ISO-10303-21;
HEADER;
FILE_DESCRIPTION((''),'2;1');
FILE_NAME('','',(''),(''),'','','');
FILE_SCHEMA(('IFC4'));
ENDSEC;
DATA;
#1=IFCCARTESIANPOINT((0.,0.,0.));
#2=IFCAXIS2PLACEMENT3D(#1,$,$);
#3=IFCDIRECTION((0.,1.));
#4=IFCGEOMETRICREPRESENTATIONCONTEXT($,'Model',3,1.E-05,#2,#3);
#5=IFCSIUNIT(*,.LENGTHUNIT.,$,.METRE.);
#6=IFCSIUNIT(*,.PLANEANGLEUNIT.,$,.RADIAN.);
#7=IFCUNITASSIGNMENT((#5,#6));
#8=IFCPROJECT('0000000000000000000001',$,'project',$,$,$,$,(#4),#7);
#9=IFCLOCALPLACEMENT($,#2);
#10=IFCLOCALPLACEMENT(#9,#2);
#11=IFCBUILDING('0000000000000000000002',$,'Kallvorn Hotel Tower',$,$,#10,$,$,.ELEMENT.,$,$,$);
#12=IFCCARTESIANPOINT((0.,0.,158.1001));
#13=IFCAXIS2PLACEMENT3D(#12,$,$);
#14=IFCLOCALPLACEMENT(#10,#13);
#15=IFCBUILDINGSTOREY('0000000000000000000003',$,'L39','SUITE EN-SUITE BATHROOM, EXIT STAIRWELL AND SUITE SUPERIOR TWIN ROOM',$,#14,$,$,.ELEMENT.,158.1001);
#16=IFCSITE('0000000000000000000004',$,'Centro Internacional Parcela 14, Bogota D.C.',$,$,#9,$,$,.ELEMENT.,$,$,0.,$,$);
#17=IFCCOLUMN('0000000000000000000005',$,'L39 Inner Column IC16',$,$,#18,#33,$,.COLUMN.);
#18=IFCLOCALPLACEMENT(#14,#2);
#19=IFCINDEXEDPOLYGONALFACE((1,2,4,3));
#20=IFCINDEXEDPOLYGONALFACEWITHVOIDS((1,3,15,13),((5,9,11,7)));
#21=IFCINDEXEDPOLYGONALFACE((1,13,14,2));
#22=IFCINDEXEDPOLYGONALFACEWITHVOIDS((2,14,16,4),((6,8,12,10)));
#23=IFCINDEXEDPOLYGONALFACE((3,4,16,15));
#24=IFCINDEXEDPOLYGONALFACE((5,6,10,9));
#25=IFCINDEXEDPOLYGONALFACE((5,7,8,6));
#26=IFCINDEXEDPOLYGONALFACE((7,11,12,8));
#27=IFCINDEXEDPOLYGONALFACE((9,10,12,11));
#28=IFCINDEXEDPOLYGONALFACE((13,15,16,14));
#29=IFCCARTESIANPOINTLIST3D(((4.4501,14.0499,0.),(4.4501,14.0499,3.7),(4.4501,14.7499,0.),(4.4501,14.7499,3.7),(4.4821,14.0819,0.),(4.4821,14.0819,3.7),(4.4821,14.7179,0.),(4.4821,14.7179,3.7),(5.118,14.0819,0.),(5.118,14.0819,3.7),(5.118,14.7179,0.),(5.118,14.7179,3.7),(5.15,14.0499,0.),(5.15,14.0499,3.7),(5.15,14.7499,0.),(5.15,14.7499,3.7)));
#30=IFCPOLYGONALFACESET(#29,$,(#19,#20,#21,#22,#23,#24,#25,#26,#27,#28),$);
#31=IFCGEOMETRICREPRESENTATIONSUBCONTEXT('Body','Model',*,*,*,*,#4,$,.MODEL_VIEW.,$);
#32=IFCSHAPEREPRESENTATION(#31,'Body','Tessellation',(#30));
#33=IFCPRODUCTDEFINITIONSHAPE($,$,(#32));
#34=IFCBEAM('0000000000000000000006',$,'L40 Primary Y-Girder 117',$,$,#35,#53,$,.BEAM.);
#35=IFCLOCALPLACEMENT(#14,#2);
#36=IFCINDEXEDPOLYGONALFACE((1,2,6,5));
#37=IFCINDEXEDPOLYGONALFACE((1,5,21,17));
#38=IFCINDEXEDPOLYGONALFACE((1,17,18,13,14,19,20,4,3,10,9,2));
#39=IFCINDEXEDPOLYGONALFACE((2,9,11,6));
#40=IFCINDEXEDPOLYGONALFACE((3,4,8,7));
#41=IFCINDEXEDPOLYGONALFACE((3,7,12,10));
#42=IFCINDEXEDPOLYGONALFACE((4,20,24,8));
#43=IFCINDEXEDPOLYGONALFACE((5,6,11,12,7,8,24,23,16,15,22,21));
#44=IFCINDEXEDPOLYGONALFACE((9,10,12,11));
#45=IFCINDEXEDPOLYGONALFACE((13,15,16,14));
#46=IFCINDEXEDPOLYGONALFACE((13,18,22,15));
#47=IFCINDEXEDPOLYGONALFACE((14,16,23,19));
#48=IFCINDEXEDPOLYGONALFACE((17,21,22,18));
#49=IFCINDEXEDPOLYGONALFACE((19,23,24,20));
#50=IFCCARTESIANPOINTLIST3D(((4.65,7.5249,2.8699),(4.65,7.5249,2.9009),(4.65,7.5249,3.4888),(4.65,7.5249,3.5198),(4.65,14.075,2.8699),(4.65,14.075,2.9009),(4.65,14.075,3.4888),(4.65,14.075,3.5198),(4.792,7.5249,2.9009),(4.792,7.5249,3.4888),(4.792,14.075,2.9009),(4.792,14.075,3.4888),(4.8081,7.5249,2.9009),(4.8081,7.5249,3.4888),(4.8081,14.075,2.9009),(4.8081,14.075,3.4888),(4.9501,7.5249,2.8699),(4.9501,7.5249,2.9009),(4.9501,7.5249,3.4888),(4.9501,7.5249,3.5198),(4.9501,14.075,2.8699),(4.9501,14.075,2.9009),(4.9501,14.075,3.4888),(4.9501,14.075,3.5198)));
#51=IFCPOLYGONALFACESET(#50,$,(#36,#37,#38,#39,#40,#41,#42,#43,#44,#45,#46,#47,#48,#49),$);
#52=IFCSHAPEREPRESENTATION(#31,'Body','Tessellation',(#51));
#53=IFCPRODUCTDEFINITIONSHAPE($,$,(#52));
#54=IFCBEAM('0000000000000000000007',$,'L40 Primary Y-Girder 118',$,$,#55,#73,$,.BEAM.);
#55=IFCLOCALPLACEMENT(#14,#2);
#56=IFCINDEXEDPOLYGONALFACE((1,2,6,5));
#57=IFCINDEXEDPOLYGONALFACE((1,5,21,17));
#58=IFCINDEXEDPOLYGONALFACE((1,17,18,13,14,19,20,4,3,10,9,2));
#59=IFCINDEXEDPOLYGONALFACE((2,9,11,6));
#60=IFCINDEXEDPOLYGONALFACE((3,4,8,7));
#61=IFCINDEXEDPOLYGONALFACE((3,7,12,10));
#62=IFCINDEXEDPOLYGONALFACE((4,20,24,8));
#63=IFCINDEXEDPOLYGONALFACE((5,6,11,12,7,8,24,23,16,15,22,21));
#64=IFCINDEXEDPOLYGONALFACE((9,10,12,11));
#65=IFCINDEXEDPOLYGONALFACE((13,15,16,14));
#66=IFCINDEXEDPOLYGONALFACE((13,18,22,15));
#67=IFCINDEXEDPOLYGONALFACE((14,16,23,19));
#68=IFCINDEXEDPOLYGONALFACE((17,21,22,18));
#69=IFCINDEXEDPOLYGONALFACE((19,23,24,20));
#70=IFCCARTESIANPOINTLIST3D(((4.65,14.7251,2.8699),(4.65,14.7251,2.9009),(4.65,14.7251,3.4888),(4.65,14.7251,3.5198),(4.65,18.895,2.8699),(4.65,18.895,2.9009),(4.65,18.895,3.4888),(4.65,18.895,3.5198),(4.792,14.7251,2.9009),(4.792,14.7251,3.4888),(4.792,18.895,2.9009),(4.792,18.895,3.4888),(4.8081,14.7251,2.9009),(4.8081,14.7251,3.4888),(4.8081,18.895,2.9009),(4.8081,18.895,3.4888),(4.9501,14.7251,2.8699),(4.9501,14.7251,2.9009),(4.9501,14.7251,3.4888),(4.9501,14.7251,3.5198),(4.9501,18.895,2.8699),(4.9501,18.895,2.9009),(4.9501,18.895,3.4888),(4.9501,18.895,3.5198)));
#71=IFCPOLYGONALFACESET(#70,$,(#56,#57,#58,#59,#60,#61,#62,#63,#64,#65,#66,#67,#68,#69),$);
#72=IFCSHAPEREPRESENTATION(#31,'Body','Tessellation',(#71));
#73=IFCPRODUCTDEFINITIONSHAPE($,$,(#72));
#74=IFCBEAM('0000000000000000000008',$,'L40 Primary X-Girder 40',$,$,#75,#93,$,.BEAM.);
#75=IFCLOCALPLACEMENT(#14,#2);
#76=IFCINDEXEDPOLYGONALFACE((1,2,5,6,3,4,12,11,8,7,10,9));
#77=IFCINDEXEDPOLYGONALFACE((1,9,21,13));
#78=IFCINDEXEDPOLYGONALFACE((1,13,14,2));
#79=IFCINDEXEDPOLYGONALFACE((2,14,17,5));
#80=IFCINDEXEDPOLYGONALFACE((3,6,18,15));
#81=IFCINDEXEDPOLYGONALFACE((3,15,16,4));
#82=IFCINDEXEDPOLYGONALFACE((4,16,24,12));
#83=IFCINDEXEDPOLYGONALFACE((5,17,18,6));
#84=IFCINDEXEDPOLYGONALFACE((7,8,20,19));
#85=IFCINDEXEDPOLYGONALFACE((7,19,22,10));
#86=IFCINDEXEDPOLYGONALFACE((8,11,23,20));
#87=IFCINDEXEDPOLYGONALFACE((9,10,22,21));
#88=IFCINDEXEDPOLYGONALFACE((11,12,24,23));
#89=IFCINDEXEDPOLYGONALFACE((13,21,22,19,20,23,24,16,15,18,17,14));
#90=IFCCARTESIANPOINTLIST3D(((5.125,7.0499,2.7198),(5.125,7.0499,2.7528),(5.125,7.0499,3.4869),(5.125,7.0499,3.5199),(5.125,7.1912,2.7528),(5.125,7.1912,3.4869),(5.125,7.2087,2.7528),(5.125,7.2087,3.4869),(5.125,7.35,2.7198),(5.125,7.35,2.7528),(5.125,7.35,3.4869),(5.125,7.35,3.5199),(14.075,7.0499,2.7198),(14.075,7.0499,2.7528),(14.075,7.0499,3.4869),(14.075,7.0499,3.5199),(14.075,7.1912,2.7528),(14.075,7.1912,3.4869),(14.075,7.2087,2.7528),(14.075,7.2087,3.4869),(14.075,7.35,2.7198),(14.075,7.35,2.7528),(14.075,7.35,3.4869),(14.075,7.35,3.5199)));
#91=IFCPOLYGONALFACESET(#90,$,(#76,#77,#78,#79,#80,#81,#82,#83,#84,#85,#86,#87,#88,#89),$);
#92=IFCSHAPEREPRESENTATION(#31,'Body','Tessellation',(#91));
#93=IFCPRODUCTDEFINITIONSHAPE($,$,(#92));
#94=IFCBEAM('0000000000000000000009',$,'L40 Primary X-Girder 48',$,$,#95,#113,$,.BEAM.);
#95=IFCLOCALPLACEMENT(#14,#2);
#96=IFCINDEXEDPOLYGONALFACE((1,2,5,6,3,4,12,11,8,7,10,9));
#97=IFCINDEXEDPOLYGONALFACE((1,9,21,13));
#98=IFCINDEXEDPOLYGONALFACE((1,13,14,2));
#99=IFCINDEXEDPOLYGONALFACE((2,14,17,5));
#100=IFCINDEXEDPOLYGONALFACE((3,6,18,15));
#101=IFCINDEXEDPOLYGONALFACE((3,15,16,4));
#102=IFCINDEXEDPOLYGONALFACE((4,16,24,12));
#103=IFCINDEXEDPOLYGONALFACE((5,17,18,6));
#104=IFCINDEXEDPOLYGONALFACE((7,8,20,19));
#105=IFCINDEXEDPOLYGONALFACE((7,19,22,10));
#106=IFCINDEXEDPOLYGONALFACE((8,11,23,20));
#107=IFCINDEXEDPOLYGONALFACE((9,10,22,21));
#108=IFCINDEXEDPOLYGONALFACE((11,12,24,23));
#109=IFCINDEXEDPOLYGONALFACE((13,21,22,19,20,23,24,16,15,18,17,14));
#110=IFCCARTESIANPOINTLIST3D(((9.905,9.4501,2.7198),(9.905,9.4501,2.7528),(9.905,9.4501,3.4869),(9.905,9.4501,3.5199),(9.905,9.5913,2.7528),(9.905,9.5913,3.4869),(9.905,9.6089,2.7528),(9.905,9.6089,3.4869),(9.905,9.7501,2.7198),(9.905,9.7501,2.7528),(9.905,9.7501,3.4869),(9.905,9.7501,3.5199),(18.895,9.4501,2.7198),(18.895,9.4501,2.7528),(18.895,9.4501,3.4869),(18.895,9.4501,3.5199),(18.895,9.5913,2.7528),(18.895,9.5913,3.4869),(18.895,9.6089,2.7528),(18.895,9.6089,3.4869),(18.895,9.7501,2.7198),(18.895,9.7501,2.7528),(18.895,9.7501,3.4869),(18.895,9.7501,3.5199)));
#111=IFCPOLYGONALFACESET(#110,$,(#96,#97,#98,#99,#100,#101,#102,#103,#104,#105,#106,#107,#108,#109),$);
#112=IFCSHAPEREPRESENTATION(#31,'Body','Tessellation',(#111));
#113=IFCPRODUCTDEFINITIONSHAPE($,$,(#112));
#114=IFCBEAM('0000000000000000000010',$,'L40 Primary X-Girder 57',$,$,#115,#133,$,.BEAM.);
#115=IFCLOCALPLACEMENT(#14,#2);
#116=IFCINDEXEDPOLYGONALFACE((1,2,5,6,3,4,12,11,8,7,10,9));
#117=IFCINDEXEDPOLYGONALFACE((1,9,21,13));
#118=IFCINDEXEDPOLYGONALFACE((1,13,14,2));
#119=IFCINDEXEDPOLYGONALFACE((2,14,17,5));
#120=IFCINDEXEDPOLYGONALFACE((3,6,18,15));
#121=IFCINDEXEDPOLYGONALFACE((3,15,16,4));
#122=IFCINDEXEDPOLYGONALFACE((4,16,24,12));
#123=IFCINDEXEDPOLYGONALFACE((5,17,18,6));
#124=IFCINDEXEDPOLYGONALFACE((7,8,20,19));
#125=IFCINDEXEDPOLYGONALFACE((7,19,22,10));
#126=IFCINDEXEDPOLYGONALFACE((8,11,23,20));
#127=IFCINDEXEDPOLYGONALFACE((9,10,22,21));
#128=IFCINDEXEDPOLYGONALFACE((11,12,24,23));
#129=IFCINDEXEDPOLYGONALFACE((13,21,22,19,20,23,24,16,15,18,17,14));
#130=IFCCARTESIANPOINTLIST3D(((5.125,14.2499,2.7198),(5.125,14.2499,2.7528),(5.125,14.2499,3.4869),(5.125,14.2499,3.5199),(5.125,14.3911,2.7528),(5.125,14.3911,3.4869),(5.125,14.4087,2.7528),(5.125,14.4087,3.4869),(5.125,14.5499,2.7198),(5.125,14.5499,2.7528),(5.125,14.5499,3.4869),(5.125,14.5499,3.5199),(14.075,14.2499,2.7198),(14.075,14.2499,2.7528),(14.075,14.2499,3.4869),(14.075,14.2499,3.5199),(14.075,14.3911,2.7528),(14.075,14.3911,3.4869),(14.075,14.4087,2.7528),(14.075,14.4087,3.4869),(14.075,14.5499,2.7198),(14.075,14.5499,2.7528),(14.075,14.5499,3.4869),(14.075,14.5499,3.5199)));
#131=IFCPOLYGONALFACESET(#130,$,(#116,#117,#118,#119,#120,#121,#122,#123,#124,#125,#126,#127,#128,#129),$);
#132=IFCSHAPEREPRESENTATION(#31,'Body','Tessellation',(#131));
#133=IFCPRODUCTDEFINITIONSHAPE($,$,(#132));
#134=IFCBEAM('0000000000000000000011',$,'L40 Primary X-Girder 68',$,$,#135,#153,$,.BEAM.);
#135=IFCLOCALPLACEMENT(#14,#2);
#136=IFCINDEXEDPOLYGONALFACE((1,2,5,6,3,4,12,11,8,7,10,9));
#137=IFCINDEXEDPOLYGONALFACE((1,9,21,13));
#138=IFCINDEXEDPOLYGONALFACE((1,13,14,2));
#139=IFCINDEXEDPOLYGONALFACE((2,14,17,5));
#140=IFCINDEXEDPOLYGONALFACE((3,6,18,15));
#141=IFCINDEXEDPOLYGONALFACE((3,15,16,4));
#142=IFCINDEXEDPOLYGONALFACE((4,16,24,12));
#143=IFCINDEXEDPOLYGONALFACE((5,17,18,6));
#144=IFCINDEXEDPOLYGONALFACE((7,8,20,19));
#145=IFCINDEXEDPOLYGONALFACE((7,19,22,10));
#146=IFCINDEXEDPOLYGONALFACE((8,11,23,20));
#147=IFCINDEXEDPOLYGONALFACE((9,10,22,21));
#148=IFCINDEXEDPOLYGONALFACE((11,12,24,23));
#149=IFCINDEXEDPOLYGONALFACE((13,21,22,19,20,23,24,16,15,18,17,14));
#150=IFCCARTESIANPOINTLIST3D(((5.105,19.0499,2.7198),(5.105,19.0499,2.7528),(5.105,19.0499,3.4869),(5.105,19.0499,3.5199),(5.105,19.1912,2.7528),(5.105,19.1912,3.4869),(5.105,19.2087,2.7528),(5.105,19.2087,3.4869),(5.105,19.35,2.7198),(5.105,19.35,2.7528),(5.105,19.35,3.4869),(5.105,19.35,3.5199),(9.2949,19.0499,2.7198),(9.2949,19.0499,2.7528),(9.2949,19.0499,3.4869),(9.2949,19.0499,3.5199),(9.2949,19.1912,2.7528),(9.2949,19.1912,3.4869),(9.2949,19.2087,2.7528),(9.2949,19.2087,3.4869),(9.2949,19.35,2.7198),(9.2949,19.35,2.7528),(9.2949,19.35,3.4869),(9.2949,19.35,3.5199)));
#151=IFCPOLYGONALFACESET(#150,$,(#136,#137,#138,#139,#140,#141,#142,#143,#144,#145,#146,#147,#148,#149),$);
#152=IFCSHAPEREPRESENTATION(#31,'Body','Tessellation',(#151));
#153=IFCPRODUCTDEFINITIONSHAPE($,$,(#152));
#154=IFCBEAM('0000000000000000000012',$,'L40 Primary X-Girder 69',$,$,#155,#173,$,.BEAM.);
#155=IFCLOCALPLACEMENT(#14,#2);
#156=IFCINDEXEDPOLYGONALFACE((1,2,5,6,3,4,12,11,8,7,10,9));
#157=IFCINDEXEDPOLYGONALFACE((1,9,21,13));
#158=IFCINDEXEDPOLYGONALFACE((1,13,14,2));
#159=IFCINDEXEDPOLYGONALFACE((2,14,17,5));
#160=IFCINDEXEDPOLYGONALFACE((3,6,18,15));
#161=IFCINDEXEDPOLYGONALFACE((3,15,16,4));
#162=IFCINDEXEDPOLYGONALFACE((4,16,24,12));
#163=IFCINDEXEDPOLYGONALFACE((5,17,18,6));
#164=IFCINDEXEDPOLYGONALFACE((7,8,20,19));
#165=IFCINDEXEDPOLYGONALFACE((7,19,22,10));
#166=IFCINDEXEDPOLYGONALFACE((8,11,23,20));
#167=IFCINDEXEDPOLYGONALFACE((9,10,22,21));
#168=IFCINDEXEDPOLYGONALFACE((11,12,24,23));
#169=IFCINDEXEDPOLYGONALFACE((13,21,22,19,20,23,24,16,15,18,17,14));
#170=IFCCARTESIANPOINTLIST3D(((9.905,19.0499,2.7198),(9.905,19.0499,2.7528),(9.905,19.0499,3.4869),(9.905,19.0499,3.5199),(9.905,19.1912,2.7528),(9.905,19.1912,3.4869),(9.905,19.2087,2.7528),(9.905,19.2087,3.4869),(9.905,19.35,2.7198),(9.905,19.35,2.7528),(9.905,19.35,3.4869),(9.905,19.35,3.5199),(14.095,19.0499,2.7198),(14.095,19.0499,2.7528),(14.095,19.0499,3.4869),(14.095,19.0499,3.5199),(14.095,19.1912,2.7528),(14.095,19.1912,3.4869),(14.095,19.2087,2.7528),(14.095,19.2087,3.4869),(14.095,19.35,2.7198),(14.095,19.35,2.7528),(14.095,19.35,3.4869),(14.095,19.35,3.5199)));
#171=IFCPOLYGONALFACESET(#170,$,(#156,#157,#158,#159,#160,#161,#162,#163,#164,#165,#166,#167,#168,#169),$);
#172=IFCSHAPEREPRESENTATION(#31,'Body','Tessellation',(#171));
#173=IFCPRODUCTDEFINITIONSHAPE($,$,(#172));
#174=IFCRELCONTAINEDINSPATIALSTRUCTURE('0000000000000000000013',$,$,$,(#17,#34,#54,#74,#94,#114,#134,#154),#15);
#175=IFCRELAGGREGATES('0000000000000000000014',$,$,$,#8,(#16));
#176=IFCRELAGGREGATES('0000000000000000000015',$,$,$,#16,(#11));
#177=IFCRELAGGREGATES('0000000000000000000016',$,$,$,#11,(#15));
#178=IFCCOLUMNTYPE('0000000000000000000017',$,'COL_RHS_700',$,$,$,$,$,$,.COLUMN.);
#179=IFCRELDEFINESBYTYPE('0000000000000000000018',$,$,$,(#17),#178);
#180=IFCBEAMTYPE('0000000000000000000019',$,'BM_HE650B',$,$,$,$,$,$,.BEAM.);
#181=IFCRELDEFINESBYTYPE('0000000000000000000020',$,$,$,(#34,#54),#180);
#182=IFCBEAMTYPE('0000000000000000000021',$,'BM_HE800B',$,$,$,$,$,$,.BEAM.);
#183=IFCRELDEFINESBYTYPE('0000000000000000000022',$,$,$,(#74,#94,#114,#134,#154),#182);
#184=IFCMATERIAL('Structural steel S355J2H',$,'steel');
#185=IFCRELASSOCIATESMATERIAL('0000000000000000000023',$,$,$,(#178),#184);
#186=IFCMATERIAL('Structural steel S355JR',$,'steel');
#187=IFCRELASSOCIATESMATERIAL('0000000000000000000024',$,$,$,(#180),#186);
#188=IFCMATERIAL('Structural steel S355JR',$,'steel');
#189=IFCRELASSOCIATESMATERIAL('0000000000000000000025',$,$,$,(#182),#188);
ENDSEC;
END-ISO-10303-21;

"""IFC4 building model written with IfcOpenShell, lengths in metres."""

from ifc_helpers import new_model, si_unit, direction, frame, origin, origin_2d, place, context, subcontext, project, spatial, hollow_rectangle, i_section, extrude, material, material_profile, profile_set, type_object, element, save


model = new_model("IFC4")

# Units and contexts
model_context = context("Model", 3, precision=1e-05, world=origin(), true_north=direction((0.0, 1.0)))
body_context = subcontext(model_context, "Body", "Model", "MODEL_VIEW")
ifc_project = project(units=[si_unit("LENGTHUNIT", "METRE"), si_unit("PLANEANGLEUNIT", "RADIAN")], contexts=[model_context])

# Site, building, storey
site_placement = place(None, origin())
site = spatial("IfcSite", under=ifc_project, at=site_placement, Name="Centro Internacional Parcela 14, Bogota D.C.", CompositionType="ELEMENT", RefElevation=0.0)
building_placement = place(site_placement, origin())
building = spatial("IfcBuilding", under=site, at=building_placement, Name="Kallvorn Hotel Tower", CompositionType="ELEMENT")
storey_placement = place(building_placement, frame((0.0, 0.0, 158.1001)))
storey = spatial("IfcBuildingStorey", under=building, at=storey_placement, Name="L39", Description="SUITE EN-SUITE BATHROOM, EXIT STAIRWELL AND SUITE SUPERIOR TWIN ROOM", CompositionType="ELEMENT", Elevation=158.1001)

# Column
ifc_material_1 = material(Name="Structural steel S355J2H", Category="steel")
ifc_material_profile_1 = material_profile(ifc_material_1, hollow_rectangle(XDim=0.7, YDim=0.7, WallThickness=0.032, at=origin_2d()), Name="RHS 700x700x32")
ifc_profile_set_1 = profile_set([ifc_material_profile_1], Name="Structural steel S355J2H")
column_type_1 = type_object("IfcColumnType", Name="COL_RHS_700", PredefinedType="COLUMN", material=ifc_profile_set_1)
column_placement = place(storey_placement, frame((4.8, 14.3999, 0.0), z_axis=(0.0, 0.0, 1.0), x_axis=(1.0, 0.0, 0.0)))
element("IfcColumn", 1, at=column_placement, inside=storey, type_object=column_type_1, Name="L39 Inner Column IC16", PredefinedType="COLUMN", context=body_context, shape_type="SweptSolid", body=[
    extrude(hollow_rectangle(XDim=0.7, YDim=0.7, WallThickness=0.032, at=origin_2d()), origin(), (0.0, 0.0, 1.0), 3.7),
])

# Beams
ifc_material_2 = material(Name="Structural steel S355JR", Category="steel")
ifc_material_profile_2 = material_profile(ifc_material_2, i_section(OverallWidth=0.3, OverallDepth=0.6499, WebThickness=0.0161, FlangeThickness=0.031, at=origin_2d()), Name="HE 650 B")
ifc_profile_set_2 = profile_set([ifc_material_profile_2], Name="Structural steel S355JR")
beam_type_1 = type_object("IfcBeamType", Name="BM_HE650B", PredefinedType="BEAM", material=ifc_profile_set_2)
beam_1_placement = place(storey_placement, frame((4.8, 7.5249, 3.1948), z_axis=(0.0, 1.0, 0.0), x_axis=(-1.0, 0.0, 0.0)))
element("IfcBeam", 2, at=beam_1_placement, inside=storey, type_object=beam_type_1, Name="L40 Primary Y-Girder 117", PredefinedType="BEAM", context=body_context, shape_type="SweptSolid", body=[
    extrude(i_section(OverallWidth=0.3, OverallDepth=0.6499, WebThickness=0.0161, FlangeThickness=0.031, at=origin_2d()), origin(), (0.0, 0.0, 1.0), 6.55),
])
beam_2_placement = place(storey_placement, frame((4.8, 14.7251, 3.1948), z_axis=(0.0, 1.0, 0.0), x_axis=(-1.0, 0.0, 0.0)))
element("IfcBeam", 3, at=beam_2_placement, inside=storey, type_object=beam_type_1, Name="L40 Primary Y-Girder 118", PredefinedType="BEAM", context=body_context, shape_type="SweptSolid", body=[
    extrude(i_section(OverallWidth=0.3, OverallDepth=0.6499, WebThickness=0.0161, FlangeThickness=0.031, at=origin_2d()), origin(), (0.0, 0.0, 1.0), 4.1699),
])
ifc_material_3 = material(Name="Structural steel S355JR", Category="steel")
ifc_material_profile_3 = material_profile(ifc_material_3, i_section(OverallWidth=0.3, OverallDepth=0.8, WebThickness=0.0176, FlangeThickness=0.033, at=origin_2d()), Name="HE 800 B")
ifc_profile_set_3 = profile_set([ifc_material_profile_3], Name="Structural steel S355JR")
beam_type_2 = type_object("IfcBeamType", Name="BM_HE800B", PredefinedType="BEAM", material=ifc_profile_set_3)
beam_3_placement = place(storey_placement, frame((5.125, 7.2, 3.1199), z_axis=(1.0, 0.0, 0.0), x_axis=(0.0, 1.0, 0.0)))
element("IfcBeam", 4, at=beam_3_placement, inside=storey, type_object=beam_type_2, Name="L40 Primary X-Girder 40", PredefinedType="BEAM", context=body_context, shape_type="SweptSolid", body=[
    extrude(i_section(OverallWidth=0.3, OverallDepth=0.8, WebThickness=0.0176, FlangeThickness=0.033, at=origin_2d()), origin(), (0.0, 0.0, 1.0), 8.95),
])
beam_4_placement = place(storey_placement, frame((9.905, 9.6001, 3.1199), z_axis=(1.0, 0.0, 0.0), x_axis=(0.0, 1.0, 0.0)))
element("IfcBeam", 5, at=beam_4_placement, inside=storey, type_object=beam_type_2, Name="L40 Primary X-Girder 48", PredefinedType="BEAM", context=body_context, shape_type="SweptSolid", body=[
    extrude(i_section(OverallWidth=0.3, OverallDepth=0.8, WebThickness=0.0176, FlangeThickness=0.033, at=origin_2d()), origin(), (0.0, 0.0, 1.0), 8.99),
])
beam_5_placement = place(storey_placement, frame((5.125, 14.3999, 3.1199), z_axis=(1.0, 0.0, 0.0), x_axis=(0.0, 1.0, 0.0)))
element("IfcBeam", 6, at=beam_5_placement, inside=storey, type_object=beam_type_2, Name="L40 Primary X-Girder 57", PredefinedType="BEAM", context=body_context, shape_type="SweptSolid", body=[
    extrude(i_section(OverallWidth=0.3, OverallDepth=0.8, WebThickness=0.0176, FlangeThickness=0.033, at=origin_2d()), origin(), (0.0, 0.0, 1.0), 8.95),
])
for number, where, z_axis, x_axis, name in (
    (7, (5.105, 19.2, 3.1199), (1.0, 0.0, 0.0), (0.0, 1.0, 0.0), "L40 Primary X-Girder 68"),
    (8, (9.905, 19.2, 3.1199), (1.0, 0.0, 0.0), (0.0, 1.0, 0.0), "L40 Primary X-Girder 69"),
):
    element("IfcBeam", number, at=place(storey_placement, frame(where, z_axis=z_axis, x_axis=x_axis)), inside=storey, type_object=beam_type_2, Name=name, PredefinedType="BEAM", context=body_context, shape_type="SweptSolid", body=[
        extrude(i_section(OverallWidth=0.3, OverallDepth=0.8, WebThickness=0.0176, FlangeThickness=0.033, at=origin_2d()), origin(), (0.0, 0.0, 1.0), 4.1899),
    ])

save(model, "model.ifc")
